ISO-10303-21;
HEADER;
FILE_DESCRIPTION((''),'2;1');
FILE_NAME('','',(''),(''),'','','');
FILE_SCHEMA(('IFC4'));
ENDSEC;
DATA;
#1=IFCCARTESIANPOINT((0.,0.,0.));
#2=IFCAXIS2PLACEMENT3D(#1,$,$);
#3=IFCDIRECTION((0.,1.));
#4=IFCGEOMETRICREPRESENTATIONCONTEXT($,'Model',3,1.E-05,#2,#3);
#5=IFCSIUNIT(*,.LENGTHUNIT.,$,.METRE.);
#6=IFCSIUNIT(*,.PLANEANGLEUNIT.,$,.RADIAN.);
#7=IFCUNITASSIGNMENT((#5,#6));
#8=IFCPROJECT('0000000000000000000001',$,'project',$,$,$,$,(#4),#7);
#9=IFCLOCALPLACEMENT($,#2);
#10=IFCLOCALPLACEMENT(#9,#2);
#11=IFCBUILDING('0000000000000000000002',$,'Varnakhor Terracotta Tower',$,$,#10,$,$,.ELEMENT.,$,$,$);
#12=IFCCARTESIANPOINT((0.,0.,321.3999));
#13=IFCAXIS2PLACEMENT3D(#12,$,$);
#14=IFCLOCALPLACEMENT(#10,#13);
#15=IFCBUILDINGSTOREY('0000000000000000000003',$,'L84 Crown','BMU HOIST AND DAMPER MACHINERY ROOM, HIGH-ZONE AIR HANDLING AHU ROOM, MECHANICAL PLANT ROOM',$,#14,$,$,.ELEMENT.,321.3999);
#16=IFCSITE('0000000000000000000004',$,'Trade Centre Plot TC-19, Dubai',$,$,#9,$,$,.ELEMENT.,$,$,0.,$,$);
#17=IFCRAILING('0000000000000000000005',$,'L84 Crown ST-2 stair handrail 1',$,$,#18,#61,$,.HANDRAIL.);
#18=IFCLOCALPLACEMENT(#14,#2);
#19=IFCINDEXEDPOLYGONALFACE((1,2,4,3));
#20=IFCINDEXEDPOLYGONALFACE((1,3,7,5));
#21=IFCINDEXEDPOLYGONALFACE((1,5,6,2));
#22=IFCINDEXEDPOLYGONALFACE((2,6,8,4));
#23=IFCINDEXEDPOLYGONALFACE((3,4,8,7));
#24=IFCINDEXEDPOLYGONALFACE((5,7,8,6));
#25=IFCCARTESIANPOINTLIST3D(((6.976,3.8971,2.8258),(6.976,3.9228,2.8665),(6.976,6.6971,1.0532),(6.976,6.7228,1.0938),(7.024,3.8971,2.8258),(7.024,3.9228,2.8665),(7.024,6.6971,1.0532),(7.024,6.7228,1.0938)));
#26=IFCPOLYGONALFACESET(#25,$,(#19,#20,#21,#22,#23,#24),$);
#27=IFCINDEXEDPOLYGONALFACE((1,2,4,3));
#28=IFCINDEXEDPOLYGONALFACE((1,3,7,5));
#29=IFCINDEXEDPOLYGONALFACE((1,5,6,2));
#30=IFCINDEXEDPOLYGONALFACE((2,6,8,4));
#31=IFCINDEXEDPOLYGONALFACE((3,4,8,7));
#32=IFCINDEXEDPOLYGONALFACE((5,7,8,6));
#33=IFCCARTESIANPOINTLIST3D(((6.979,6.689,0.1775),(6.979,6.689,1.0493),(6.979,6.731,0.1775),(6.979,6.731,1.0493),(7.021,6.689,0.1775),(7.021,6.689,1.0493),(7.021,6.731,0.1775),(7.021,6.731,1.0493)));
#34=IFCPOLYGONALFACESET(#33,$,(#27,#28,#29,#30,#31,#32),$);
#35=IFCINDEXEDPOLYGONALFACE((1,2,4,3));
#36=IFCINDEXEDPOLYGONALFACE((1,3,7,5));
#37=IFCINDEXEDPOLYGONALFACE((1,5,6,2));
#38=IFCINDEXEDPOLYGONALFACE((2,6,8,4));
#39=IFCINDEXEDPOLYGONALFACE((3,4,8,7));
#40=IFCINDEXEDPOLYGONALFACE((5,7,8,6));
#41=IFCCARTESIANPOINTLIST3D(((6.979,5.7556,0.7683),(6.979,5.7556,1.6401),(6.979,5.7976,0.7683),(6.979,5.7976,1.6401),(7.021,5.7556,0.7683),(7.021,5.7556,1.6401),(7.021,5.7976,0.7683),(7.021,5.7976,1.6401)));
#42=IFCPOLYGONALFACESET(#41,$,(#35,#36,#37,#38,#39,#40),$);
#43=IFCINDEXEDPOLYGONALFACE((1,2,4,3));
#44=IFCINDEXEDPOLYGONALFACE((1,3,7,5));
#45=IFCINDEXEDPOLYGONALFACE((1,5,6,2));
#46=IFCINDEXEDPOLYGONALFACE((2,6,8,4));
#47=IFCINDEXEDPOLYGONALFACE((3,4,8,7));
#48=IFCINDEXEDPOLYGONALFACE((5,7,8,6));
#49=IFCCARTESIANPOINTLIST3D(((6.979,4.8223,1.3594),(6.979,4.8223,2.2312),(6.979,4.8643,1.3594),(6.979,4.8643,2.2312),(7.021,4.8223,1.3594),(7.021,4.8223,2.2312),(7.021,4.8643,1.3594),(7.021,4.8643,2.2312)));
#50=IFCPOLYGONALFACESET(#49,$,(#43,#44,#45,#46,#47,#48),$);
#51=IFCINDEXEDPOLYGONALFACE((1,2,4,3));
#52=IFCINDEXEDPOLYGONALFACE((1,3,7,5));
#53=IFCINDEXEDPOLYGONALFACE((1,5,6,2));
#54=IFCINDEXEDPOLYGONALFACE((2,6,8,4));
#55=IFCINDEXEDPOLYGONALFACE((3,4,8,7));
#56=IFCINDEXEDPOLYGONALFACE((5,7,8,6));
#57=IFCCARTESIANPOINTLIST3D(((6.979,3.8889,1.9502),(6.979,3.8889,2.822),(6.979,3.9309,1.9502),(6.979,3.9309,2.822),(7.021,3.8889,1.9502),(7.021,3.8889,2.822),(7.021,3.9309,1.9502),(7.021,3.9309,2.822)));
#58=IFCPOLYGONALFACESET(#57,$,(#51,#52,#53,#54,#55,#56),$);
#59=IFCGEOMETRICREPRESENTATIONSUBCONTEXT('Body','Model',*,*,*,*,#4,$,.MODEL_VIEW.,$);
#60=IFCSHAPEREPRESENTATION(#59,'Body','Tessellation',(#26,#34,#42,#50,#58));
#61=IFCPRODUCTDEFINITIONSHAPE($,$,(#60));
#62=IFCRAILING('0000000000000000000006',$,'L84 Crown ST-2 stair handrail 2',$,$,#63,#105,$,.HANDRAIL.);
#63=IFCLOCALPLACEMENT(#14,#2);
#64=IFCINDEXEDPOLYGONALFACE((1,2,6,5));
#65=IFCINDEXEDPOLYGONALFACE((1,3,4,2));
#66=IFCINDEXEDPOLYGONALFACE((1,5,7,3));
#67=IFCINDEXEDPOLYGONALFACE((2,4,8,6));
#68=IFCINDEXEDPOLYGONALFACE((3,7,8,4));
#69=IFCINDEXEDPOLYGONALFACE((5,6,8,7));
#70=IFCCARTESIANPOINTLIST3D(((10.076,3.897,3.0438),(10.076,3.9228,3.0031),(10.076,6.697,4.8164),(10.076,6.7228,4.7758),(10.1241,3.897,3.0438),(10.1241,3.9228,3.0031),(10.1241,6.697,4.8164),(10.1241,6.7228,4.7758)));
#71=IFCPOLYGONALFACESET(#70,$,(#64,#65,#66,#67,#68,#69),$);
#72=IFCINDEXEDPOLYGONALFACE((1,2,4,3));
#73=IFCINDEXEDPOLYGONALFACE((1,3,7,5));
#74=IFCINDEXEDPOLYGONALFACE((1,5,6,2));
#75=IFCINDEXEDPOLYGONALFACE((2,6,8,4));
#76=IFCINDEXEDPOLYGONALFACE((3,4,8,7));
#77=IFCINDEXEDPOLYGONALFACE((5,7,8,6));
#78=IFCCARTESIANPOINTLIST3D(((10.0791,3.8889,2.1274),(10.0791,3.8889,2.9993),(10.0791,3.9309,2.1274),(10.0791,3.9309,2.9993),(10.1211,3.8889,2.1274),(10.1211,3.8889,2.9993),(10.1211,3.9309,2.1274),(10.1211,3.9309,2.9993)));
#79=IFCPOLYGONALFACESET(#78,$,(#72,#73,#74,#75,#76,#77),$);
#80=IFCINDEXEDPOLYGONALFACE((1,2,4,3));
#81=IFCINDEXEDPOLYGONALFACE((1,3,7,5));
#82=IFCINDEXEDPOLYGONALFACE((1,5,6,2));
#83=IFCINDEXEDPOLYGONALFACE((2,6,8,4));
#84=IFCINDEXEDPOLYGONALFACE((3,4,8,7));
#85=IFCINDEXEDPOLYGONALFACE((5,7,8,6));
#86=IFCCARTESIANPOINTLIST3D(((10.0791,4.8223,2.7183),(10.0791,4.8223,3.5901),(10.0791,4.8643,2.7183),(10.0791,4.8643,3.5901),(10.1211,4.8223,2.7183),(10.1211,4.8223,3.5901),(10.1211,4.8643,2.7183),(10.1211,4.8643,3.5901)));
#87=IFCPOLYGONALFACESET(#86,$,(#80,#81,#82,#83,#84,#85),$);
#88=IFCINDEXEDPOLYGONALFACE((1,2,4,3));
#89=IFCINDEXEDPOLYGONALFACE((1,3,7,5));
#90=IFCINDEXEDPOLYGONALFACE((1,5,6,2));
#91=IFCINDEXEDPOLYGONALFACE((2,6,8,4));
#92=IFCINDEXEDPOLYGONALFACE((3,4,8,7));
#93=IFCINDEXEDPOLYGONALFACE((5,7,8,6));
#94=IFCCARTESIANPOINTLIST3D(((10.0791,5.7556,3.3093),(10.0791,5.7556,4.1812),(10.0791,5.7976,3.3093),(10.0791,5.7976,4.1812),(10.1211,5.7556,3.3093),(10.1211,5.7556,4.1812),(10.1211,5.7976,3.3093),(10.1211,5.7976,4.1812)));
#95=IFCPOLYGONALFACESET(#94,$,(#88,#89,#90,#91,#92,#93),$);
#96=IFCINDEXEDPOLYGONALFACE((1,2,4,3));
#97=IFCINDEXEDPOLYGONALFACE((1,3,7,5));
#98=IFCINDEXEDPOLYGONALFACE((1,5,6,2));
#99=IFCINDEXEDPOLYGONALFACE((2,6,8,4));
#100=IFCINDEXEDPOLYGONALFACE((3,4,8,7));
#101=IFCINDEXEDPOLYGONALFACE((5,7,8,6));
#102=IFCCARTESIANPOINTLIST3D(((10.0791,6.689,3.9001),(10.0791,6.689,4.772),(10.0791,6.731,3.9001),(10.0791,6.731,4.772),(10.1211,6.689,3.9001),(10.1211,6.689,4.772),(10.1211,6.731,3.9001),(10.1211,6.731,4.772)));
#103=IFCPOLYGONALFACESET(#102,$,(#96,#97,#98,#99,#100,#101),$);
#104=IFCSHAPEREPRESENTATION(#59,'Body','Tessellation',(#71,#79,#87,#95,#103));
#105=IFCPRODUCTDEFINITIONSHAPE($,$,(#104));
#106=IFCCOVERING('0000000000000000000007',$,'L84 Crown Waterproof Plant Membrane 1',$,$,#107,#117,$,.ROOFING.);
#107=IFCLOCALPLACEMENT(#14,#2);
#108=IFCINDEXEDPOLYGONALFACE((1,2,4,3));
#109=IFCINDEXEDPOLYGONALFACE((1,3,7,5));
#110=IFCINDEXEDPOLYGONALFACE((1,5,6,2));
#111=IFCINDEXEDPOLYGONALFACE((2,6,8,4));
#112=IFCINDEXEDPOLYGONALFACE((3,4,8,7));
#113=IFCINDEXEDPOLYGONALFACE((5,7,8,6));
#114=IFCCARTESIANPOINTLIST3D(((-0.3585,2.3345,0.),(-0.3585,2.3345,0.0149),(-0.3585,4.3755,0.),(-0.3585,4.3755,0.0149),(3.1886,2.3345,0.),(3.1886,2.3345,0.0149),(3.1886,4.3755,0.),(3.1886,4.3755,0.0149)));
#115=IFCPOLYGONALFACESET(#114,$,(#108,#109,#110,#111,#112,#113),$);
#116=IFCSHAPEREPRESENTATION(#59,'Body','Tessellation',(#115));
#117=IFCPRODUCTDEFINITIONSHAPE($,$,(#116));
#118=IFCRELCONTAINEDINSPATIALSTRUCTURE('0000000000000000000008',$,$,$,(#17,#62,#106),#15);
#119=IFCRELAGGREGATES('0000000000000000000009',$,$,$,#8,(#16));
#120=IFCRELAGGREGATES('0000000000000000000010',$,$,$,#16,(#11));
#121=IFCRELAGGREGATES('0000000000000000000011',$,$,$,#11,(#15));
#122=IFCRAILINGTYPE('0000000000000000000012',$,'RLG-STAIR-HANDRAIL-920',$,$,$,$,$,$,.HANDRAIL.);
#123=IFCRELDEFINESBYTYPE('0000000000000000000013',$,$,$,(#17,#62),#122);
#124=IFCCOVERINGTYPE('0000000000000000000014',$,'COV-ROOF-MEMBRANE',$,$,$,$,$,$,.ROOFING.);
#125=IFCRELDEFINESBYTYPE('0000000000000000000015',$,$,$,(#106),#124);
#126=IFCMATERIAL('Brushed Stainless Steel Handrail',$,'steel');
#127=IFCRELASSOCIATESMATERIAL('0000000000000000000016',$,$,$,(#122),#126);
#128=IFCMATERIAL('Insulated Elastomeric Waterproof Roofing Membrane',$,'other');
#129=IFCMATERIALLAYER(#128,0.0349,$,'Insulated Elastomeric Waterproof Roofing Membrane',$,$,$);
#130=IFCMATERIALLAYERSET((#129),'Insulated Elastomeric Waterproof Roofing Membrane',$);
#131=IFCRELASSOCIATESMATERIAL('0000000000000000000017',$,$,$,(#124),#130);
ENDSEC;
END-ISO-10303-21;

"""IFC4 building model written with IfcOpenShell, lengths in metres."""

from ifc_helpers import new_model, si_unit, direction, frame, origin, origin_2d, place, context, subcontext, project, spatial, rectangle, extrude, source, transform, mapped, material, layer, layer_set, type_object, element, save


model = new_model("IFC4")

# Units and contexts
model_context = context("Model", 3, precision=1e-05, world=origin(), true_north=direction((0.0, 1.0)))
body_context = subcontext(model_context, "Body", "Model", "MODEL_VIEW")
ifc_project = project(units=[si_unit("LENGTHUNIT", "METRE"), si_unit("PLANEANGLEUNIT", "RADIAN")], contexts=[model_context])

# Site, building, storey
site_placement = place(None, origin())
site = spatial("IfcSite", under=ifc_project, at=site_placement, Name="Trade Centre Plot TC-19, Dubai", CompositionType="ELEMENT", RefElevation=0.0)
building_placement = place(site_placement, origin())
building = spatial("IfcBuilding", under=site, at=building_placement, Name="Varnakhor Terracotta Tower", CompositionType="ELEMENT")
storey_placement = place(building_placement, frame((0.0, 0.0, 321.3999)))
storey = spatial("IfcBuildingStorey", under=building, at=storey_placement, Name="L84 Crown", Description="BMU HOIST AND DAMPER MACHINERY ROOM, HIGH-ZONE AIR HANDLING AHU ROOM, MECHANICAL PLANT ROOM", CompositionType="ELEMENT", Elevation=321.3999)

# Railings
ifc_material_1 = material(Name="Brushed Stainless Steel Handrail", Category="steel")
railing_type_1 = type_object("IfcRailingType", Name="RLG-STAIR-HANDRAIL-920", PredefinedType="HANDRAIL", material=ifc_material_1)
railing_1_placement = place(storey_placement, frame((7.0, 6.71, 0.1775)))
element("IfcRailing", 1, at=railing_1_placement, inside=storey, type_object=railing_type_1, Name="L84 Crown ST-2 stair handrail 1", PredefinedType="HANDRAIL", context=body_context, shape_type="SweptSolid", body=[
    extrude(rectangle(XDim=0.0481, YDim=0.0481, at=origin_2d()), frame((0.0, 0.0, 0.896), z_axis=(0.0, -0.844909, 0.53491), x_axis=(1.0, 0.0, 0.0)), (0.0, 0.0, 1.0), 3.314),
    extrude(rectangle(XDim=0.042, YDim=0.042, at=origin_2d()), origin(), (0.0, 0.0, 1.0), 0.8718),
    extrude(rectangle(XDim=0.042, YDim=0.042, at=origin_2d()), frame((0.0, -0.9333, 0.5908)), (0.0, 0.0, 1.0), 0.8718),
    extrude(rectangle(XDim=0.042, YDim=0.042, at=origin_2d()), frame((0.0, -1.8667, 1.1819)), (0.0, 0.0, 1.0), 0.8718),
    extrude(rectangle(XDim=0.042, YDim=0.042, at=origin_2d()), frame((0.0, -2.8, 1.7727)), (0.0, 0.0, 1.0), 0.8718),
])
railing_2_placement = place(storey_placement, frame((10.1001, 3.9099, 2.1274)))
element("IfcRailing", 2, at=railing_2_placement, inside=storey, type_object=railing_type_1, Name="L84 Crown ST-2 stair handrail 2", PredefinedType="HANDRAIL", context=body_context, shape_type="SweptSolid", body=[
    extrude(rectangle(XDim=0.0481, YDim=0.0481, at=origin_2d()), frame((0.0, 0.0, 0.896), z_axis=(0.0, 0.844909, 0.53491), x_axis=(-1.0, 0.0, 0.0)), (0.0, 0.0, 1.0), 3.314),
    extrude(rectangle(XDim=0.042, YDim=0.042, at=origin_2d()), origin(), (0.0, 0.0, 1.0), 0.8718),
    extrude(rectangle(XDim=0.042, YDim=0.042, at=origin_2d()), frame((0.0, 0.9333, 0.5908)), (0.0, 0.0, 1.0), 0.8718),
    extrude(rectangle(XDim=0.042, YDim=0.042, at=origin_2d()), frame((0.0, 1.8667, 1.1819)), (0.0, 0.0, 1.0), 0.8718),
    extrude(rectangle(XDim=0.042, YDim=0.042, at=origin_2d()), frame((0.0, 2.8, 1.7727)), (0.0, 0.0, 1.0), 0.8718),
])

# Covering
ifc_material_2 = material(Name="Insulated Elastomeric Waterproof Roofing Membrane", Category="other")
ifc_layer_1 = layer(ifc_material_2, 0.0349, Name="Insulated Elastomeric Waterproof Roofing Membrane")
ifc_layer_set_1 = layer_set([ifc_layer_1], Name="Insulated Elastomeric Waterproof Roofing Membrane")
covering_type = type_object("IfcCoveringType", Name="COV-ROOF-MEMBRANE", PredefinedType="ROOFING", material=ifc_layer_set_1)
shared_shape_1 = source(origin(), body_context, "Body", "SweptSolid", [
    extrude(rectangle(XDim=3.5471, YDim=2.041, at=origin_2d()), origin(), (0.0, 0.0, 1.0), 0.0149),
])
covering_placement = place(storey_placement, frame((1.415, 3.355, 0.0), z_axis=(0.0, 0.0, 1.0), x_axis=(1.0, 0.0, 0.0)))
element("IfcCovering", 3, at=covering_placement, inside=storey, type_object=covering_type, Name="L84 Crown Waterproof Plant Membrane 1", PredefinedType="ROOFING", context=body_context, shape_type="MappedRepresentation", body=[
    mapped(shared_shape_1, transform((0.0, 0.0, 0.0), scale=1.0)),
])

save(model, "model.ifc")
